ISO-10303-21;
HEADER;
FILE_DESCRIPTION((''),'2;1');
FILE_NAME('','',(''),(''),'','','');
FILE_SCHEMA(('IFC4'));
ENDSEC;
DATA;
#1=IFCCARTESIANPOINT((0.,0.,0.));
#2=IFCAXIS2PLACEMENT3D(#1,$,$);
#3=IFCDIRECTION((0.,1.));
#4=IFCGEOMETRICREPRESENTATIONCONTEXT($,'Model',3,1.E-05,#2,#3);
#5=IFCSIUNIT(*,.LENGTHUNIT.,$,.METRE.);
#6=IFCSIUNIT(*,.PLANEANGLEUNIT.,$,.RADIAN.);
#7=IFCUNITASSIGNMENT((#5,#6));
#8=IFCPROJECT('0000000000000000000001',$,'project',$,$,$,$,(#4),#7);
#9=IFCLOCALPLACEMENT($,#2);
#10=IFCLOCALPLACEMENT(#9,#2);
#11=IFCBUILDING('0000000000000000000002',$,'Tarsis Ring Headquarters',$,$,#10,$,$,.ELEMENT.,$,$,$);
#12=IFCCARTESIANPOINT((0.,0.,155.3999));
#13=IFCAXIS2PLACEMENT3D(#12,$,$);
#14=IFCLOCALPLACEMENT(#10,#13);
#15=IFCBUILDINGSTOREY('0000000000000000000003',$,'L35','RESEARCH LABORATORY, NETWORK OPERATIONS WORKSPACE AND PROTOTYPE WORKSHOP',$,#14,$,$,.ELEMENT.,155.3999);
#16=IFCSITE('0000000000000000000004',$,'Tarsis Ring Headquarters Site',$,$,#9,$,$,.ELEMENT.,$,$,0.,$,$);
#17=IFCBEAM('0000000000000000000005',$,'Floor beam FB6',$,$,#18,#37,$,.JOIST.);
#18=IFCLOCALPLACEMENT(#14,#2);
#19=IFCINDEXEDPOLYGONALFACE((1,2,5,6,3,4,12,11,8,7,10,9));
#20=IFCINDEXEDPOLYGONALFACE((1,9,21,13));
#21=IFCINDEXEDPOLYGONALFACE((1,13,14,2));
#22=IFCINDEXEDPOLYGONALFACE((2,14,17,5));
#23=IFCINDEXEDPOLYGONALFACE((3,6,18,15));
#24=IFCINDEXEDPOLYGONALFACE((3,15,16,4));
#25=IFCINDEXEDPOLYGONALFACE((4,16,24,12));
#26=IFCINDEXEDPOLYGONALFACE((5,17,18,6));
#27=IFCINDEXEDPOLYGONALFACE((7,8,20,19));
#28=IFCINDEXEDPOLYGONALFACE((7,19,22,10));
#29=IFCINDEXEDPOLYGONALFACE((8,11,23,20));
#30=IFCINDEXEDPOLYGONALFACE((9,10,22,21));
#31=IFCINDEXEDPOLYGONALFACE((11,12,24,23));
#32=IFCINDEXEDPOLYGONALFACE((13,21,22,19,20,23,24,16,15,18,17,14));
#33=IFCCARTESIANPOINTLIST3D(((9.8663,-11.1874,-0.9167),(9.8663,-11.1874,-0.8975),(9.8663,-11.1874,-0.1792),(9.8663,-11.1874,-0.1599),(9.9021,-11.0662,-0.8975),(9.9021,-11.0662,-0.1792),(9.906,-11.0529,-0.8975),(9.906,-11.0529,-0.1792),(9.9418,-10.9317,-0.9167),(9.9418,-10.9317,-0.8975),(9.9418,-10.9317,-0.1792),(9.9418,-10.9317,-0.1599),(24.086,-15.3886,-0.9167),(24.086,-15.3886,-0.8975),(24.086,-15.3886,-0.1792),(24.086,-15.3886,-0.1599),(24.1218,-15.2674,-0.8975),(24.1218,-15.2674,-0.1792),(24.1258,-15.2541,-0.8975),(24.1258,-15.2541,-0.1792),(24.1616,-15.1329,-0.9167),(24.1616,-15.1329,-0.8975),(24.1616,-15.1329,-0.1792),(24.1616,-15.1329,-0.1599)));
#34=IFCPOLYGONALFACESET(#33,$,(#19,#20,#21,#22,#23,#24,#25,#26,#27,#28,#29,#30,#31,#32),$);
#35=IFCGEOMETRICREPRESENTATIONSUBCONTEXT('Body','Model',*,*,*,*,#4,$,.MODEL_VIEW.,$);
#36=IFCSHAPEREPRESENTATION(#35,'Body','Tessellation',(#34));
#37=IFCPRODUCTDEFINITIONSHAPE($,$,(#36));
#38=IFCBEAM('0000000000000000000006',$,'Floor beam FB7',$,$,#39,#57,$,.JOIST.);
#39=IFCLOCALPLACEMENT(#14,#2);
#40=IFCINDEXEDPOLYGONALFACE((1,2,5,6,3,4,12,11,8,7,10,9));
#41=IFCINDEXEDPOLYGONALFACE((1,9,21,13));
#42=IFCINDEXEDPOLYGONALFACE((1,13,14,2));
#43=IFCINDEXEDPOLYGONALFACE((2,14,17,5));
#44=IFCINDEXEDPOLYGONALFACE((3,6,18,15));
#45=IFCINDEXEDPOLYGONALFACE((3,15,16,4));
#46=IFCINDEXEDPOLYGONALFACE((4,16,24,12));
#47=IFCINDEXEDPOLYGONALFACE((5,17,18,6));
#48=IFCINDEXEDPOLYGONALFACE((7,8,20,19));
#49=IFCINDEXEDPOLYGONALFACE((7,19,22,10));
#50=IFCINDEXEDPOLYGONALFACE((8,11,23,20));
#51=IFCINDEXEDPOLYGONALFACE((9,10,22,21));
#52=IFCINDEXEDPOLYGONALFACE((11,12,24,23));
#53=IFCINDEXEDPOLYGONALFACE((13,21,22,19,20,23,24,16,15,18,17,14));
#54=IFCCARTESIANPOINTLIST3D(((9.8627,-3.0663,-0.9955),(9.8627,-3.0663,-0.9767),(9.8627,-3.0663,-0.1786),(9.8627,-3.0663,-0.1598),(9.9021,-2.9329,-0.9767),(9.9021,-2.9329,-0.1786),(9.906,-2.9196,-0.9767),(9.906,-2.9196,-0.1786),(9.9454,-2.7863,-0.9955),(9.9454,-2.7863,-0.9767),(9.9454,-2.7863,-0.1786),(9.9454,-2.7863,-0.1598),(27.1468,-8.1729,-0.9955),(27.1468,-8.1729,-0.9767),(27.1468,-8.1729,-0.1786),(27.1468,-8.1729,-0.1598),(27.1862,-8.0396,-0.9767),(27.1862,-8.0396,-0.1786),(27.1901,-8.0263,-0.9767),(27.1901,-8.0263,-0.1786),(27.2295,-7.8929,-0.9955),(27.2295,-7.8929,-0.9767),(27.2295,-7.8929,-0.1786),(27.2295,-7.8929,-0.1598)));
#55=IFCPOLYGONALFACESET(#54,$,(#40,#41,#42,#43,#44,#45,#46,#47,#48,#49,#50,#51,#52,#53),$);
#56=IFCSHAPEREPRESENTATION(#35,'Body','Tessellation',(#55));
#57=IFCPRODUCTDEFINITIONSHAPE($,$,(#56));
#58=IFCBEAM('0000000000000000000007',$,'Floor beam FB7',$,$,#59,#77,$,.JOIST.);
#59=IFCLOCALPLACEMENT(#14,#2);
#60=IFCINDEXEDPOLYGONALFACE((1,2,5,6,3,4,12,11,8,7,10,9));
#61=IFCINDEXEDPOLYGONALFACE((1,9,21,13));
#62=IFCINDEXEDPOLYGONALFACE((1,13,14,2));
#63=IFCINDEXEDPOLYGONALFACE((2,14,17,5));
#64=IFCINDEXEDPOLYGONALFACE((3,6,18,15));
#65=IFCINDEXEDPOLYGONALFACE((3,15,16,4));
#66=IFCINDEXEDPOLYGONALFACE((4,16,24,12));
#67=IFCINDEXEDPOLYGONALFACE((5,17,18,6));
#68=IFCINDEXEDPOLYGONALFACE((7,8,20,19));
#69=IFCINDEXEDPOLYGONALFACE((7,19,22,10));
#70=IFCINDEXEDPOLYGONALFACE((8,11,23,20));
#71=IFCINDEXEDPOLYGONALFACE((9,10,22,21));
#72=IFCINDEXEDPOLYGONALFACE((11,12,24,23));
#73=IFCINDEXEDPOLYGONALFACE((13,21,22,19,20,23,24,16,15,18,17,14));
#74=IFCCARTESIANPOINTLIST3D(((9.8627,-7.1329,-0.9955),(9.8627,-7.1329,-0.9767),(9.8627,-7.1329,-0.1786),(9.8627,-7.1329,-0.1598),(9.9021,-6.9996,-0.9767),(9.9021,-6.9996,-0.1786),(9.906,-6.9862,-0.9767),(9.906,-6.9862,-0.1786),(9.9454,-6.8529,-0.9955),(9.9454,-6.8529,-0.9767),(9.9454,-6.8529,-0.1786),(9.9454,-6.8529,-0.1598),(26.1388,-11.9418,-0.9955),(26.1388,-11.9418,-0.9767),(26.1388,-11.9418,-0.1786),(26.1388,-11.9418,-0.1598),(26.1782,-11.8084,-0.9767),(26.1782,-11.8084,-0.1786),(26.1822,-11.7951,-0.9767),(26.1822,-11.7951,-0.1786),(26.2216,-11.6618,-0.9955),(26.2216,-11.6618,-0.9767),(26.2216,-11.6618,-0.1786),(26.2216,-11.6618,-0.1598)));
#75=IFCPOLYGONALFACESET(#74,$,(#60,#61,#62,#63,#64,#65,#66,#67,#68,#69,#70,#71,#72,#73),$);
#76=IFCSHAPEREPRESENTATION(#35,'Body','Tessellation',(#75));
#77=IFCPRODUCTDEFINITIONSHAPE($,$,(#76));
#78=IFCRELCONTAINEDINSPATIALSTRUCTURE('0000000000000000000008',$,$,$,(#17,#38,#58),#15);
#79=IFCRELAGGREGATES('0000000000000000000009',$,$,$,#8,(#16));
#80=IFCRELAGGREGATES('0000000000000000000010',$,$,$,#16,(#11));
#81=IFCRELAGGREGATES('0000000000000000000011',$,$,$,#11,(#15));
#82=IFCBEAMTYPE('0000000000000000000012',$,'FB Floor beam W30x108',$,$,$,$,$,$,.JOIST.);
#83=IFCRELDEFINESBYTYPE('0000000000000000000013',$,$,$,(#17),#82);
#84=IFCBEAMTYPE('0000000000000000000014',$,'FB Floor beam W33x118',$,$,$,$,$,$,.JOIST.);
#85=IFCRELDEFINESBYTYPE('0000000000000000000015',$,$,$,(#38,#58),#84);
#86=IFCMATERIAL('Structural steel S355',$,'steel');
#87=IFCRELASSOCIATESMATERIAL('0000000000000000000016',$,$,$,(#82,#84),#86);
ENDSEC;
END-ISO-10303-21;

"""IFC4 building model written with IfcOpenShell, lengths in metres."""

from ifc_helpers import new_model, si_unit, direction, frame, origin, origin_2d, place, context, subcontext, project, spatial, i_section, extrude, material, material_profile, profile_set, type_object, element, save


model = new_model("IFC4")

# Units and contexts
model_context = context("Model", 3, precision=1e-05, world=origin(), true_north=direction((0.0, 1.0)))
body_context = subcontext(model_context, "Body", "Model", "MODEL_VIEW")
ifc_project = project(units=[si_unit("LENGTHUNIT", "METRE"), si_unit("PLANEANGLEUNIT", "RADIAN")], contexts=[model_context])

# Site, building, storey
site_placement = place(None, origin())
site = spatial("IfcSite", under=ifc_project, at=site_placement, Name="Tarsis Ring Headquarters Site", CompositionType="ELEMENT", RefElevation=0.0)
building_placement = place(site_placement, origin())
building = spatial("IfcBuilding", under=site, at=building_placement, Name="Tarsis Ring Headquarters", CompositionType="ELEMENT")
storey_placement = place(building_placement, frame((0.0, 0.0, 155.3999)))
storey = spatial("IfcBuildingStorey", under=building, at=storey_placement, Name="L35", Description="RESEARCH LABORATORY, NETWORK OPERATIONS WORKSPACE AND PROTOTYPE WORKSHOP", CompositionType="ELEMENT", Elevation=155.3999)

# Beams
ifc_material_1 = material(Name="Structural steel S355", Category="steel")
ifc_material_profile_1 = material_profile(ifc_material_1, i_section(OverallWidth=0.2666, OverallDepth=0.7568, WebThickness=0.0139, FlangeThickness=0.0193, at=origin_2d()), Name="W30x108")
ifc_profile_set_1 = profile_set([ifc_material_profile_1], Name="Structural steel S355")
beam_type_1 = type_object("IfcBeamType", Name="FB Floor beam W30x108", PredefinedType="JOIST", material=ifc_profile_set_1)
beam_1_placement = place(storey_placement, frame((9.9041, -11.0596, -0.5383), z_axis=(0.95902, -0.283339, 0.0), x_axis=(0.283339, 0.95902, 0.0)))
element("IfcBeam", 1, at=beam_1_placement, inside=storey, type_object=beam_type_1, Name="Floor beam FB6", PredefinedType="JOIST", context=body_context, shape_type="SweptSolid", body=[
    extrude(i_section(OverallWidth=0.2666, OverallDepth=0.7568, WebThickness=0.0139, FlangeThickness=0.0193, at=origin_2d()), origin(), (0.0, 0.0, 1.0), 14.8274),
])
ifc_material_profile_2 = material_profile(ifc_material_1, i_section(OverallWidth=0.292, OverallDepth=0.8357, WebThickness=0.0139, FlangeThickness=0.0188, at=origin_2d()), Name="W33x118")
ifc_profile_set_2 = profile_set([ifc_material_profile_2], Name="Structural steel S355")
beam_type_2 = type_object("IfcBeamType", Name="FB Floor beam W33x118", PredefinedType="JOIST", material=ifc_profile_set_2)
beam_2_placement = place(storey_placement, frame((9.9041, -2.9263, -0.5776), z_axis=(0.959018, -0.283346, 0.0), x_axis=(0.283346, 0.959018, 0.0)))
element("IfcBeam", 2, at=beam_2_placement, inside=storey, type_object=beam_type_2, Name="Floor beam FB7", PredefinedType="JOIST", context=body_context, shape_type="SweptSolid", body=[
    extrude(i_section(OverallWidth=0.292, OverallDepth=0.8357, WebThickness=0.0139, FlangeThickness=0.0188, at=origin_2d()), origin(), (0.0, 0.0, 1.0), 18.0227),
])
beam_3_placement = place(storey_placement, frame((9.9041, -6.9929, -0.5776), z_axis=(0.959018, -0.283345, 0.0), x_axis=(0.283345, 0.959018, 0.0)))
element("IfcBeam", 3, at=beam_3_placement, inside=storey, type_object=beam_type_2, Name="Floor beam FB7", PredefinedType="JOIST", context=body_context, shape_type="SweptSolid", body=[
    extrude(i_section(OverallWidth=0.292, OverallDepth=0.8357, WebThickness=0.0139, FlangeThickness=0.0188, at=origin_2d()), origin(), (0.0, 0.0, 1.0), 16.9717),
])

save(model, "model.ifc")
